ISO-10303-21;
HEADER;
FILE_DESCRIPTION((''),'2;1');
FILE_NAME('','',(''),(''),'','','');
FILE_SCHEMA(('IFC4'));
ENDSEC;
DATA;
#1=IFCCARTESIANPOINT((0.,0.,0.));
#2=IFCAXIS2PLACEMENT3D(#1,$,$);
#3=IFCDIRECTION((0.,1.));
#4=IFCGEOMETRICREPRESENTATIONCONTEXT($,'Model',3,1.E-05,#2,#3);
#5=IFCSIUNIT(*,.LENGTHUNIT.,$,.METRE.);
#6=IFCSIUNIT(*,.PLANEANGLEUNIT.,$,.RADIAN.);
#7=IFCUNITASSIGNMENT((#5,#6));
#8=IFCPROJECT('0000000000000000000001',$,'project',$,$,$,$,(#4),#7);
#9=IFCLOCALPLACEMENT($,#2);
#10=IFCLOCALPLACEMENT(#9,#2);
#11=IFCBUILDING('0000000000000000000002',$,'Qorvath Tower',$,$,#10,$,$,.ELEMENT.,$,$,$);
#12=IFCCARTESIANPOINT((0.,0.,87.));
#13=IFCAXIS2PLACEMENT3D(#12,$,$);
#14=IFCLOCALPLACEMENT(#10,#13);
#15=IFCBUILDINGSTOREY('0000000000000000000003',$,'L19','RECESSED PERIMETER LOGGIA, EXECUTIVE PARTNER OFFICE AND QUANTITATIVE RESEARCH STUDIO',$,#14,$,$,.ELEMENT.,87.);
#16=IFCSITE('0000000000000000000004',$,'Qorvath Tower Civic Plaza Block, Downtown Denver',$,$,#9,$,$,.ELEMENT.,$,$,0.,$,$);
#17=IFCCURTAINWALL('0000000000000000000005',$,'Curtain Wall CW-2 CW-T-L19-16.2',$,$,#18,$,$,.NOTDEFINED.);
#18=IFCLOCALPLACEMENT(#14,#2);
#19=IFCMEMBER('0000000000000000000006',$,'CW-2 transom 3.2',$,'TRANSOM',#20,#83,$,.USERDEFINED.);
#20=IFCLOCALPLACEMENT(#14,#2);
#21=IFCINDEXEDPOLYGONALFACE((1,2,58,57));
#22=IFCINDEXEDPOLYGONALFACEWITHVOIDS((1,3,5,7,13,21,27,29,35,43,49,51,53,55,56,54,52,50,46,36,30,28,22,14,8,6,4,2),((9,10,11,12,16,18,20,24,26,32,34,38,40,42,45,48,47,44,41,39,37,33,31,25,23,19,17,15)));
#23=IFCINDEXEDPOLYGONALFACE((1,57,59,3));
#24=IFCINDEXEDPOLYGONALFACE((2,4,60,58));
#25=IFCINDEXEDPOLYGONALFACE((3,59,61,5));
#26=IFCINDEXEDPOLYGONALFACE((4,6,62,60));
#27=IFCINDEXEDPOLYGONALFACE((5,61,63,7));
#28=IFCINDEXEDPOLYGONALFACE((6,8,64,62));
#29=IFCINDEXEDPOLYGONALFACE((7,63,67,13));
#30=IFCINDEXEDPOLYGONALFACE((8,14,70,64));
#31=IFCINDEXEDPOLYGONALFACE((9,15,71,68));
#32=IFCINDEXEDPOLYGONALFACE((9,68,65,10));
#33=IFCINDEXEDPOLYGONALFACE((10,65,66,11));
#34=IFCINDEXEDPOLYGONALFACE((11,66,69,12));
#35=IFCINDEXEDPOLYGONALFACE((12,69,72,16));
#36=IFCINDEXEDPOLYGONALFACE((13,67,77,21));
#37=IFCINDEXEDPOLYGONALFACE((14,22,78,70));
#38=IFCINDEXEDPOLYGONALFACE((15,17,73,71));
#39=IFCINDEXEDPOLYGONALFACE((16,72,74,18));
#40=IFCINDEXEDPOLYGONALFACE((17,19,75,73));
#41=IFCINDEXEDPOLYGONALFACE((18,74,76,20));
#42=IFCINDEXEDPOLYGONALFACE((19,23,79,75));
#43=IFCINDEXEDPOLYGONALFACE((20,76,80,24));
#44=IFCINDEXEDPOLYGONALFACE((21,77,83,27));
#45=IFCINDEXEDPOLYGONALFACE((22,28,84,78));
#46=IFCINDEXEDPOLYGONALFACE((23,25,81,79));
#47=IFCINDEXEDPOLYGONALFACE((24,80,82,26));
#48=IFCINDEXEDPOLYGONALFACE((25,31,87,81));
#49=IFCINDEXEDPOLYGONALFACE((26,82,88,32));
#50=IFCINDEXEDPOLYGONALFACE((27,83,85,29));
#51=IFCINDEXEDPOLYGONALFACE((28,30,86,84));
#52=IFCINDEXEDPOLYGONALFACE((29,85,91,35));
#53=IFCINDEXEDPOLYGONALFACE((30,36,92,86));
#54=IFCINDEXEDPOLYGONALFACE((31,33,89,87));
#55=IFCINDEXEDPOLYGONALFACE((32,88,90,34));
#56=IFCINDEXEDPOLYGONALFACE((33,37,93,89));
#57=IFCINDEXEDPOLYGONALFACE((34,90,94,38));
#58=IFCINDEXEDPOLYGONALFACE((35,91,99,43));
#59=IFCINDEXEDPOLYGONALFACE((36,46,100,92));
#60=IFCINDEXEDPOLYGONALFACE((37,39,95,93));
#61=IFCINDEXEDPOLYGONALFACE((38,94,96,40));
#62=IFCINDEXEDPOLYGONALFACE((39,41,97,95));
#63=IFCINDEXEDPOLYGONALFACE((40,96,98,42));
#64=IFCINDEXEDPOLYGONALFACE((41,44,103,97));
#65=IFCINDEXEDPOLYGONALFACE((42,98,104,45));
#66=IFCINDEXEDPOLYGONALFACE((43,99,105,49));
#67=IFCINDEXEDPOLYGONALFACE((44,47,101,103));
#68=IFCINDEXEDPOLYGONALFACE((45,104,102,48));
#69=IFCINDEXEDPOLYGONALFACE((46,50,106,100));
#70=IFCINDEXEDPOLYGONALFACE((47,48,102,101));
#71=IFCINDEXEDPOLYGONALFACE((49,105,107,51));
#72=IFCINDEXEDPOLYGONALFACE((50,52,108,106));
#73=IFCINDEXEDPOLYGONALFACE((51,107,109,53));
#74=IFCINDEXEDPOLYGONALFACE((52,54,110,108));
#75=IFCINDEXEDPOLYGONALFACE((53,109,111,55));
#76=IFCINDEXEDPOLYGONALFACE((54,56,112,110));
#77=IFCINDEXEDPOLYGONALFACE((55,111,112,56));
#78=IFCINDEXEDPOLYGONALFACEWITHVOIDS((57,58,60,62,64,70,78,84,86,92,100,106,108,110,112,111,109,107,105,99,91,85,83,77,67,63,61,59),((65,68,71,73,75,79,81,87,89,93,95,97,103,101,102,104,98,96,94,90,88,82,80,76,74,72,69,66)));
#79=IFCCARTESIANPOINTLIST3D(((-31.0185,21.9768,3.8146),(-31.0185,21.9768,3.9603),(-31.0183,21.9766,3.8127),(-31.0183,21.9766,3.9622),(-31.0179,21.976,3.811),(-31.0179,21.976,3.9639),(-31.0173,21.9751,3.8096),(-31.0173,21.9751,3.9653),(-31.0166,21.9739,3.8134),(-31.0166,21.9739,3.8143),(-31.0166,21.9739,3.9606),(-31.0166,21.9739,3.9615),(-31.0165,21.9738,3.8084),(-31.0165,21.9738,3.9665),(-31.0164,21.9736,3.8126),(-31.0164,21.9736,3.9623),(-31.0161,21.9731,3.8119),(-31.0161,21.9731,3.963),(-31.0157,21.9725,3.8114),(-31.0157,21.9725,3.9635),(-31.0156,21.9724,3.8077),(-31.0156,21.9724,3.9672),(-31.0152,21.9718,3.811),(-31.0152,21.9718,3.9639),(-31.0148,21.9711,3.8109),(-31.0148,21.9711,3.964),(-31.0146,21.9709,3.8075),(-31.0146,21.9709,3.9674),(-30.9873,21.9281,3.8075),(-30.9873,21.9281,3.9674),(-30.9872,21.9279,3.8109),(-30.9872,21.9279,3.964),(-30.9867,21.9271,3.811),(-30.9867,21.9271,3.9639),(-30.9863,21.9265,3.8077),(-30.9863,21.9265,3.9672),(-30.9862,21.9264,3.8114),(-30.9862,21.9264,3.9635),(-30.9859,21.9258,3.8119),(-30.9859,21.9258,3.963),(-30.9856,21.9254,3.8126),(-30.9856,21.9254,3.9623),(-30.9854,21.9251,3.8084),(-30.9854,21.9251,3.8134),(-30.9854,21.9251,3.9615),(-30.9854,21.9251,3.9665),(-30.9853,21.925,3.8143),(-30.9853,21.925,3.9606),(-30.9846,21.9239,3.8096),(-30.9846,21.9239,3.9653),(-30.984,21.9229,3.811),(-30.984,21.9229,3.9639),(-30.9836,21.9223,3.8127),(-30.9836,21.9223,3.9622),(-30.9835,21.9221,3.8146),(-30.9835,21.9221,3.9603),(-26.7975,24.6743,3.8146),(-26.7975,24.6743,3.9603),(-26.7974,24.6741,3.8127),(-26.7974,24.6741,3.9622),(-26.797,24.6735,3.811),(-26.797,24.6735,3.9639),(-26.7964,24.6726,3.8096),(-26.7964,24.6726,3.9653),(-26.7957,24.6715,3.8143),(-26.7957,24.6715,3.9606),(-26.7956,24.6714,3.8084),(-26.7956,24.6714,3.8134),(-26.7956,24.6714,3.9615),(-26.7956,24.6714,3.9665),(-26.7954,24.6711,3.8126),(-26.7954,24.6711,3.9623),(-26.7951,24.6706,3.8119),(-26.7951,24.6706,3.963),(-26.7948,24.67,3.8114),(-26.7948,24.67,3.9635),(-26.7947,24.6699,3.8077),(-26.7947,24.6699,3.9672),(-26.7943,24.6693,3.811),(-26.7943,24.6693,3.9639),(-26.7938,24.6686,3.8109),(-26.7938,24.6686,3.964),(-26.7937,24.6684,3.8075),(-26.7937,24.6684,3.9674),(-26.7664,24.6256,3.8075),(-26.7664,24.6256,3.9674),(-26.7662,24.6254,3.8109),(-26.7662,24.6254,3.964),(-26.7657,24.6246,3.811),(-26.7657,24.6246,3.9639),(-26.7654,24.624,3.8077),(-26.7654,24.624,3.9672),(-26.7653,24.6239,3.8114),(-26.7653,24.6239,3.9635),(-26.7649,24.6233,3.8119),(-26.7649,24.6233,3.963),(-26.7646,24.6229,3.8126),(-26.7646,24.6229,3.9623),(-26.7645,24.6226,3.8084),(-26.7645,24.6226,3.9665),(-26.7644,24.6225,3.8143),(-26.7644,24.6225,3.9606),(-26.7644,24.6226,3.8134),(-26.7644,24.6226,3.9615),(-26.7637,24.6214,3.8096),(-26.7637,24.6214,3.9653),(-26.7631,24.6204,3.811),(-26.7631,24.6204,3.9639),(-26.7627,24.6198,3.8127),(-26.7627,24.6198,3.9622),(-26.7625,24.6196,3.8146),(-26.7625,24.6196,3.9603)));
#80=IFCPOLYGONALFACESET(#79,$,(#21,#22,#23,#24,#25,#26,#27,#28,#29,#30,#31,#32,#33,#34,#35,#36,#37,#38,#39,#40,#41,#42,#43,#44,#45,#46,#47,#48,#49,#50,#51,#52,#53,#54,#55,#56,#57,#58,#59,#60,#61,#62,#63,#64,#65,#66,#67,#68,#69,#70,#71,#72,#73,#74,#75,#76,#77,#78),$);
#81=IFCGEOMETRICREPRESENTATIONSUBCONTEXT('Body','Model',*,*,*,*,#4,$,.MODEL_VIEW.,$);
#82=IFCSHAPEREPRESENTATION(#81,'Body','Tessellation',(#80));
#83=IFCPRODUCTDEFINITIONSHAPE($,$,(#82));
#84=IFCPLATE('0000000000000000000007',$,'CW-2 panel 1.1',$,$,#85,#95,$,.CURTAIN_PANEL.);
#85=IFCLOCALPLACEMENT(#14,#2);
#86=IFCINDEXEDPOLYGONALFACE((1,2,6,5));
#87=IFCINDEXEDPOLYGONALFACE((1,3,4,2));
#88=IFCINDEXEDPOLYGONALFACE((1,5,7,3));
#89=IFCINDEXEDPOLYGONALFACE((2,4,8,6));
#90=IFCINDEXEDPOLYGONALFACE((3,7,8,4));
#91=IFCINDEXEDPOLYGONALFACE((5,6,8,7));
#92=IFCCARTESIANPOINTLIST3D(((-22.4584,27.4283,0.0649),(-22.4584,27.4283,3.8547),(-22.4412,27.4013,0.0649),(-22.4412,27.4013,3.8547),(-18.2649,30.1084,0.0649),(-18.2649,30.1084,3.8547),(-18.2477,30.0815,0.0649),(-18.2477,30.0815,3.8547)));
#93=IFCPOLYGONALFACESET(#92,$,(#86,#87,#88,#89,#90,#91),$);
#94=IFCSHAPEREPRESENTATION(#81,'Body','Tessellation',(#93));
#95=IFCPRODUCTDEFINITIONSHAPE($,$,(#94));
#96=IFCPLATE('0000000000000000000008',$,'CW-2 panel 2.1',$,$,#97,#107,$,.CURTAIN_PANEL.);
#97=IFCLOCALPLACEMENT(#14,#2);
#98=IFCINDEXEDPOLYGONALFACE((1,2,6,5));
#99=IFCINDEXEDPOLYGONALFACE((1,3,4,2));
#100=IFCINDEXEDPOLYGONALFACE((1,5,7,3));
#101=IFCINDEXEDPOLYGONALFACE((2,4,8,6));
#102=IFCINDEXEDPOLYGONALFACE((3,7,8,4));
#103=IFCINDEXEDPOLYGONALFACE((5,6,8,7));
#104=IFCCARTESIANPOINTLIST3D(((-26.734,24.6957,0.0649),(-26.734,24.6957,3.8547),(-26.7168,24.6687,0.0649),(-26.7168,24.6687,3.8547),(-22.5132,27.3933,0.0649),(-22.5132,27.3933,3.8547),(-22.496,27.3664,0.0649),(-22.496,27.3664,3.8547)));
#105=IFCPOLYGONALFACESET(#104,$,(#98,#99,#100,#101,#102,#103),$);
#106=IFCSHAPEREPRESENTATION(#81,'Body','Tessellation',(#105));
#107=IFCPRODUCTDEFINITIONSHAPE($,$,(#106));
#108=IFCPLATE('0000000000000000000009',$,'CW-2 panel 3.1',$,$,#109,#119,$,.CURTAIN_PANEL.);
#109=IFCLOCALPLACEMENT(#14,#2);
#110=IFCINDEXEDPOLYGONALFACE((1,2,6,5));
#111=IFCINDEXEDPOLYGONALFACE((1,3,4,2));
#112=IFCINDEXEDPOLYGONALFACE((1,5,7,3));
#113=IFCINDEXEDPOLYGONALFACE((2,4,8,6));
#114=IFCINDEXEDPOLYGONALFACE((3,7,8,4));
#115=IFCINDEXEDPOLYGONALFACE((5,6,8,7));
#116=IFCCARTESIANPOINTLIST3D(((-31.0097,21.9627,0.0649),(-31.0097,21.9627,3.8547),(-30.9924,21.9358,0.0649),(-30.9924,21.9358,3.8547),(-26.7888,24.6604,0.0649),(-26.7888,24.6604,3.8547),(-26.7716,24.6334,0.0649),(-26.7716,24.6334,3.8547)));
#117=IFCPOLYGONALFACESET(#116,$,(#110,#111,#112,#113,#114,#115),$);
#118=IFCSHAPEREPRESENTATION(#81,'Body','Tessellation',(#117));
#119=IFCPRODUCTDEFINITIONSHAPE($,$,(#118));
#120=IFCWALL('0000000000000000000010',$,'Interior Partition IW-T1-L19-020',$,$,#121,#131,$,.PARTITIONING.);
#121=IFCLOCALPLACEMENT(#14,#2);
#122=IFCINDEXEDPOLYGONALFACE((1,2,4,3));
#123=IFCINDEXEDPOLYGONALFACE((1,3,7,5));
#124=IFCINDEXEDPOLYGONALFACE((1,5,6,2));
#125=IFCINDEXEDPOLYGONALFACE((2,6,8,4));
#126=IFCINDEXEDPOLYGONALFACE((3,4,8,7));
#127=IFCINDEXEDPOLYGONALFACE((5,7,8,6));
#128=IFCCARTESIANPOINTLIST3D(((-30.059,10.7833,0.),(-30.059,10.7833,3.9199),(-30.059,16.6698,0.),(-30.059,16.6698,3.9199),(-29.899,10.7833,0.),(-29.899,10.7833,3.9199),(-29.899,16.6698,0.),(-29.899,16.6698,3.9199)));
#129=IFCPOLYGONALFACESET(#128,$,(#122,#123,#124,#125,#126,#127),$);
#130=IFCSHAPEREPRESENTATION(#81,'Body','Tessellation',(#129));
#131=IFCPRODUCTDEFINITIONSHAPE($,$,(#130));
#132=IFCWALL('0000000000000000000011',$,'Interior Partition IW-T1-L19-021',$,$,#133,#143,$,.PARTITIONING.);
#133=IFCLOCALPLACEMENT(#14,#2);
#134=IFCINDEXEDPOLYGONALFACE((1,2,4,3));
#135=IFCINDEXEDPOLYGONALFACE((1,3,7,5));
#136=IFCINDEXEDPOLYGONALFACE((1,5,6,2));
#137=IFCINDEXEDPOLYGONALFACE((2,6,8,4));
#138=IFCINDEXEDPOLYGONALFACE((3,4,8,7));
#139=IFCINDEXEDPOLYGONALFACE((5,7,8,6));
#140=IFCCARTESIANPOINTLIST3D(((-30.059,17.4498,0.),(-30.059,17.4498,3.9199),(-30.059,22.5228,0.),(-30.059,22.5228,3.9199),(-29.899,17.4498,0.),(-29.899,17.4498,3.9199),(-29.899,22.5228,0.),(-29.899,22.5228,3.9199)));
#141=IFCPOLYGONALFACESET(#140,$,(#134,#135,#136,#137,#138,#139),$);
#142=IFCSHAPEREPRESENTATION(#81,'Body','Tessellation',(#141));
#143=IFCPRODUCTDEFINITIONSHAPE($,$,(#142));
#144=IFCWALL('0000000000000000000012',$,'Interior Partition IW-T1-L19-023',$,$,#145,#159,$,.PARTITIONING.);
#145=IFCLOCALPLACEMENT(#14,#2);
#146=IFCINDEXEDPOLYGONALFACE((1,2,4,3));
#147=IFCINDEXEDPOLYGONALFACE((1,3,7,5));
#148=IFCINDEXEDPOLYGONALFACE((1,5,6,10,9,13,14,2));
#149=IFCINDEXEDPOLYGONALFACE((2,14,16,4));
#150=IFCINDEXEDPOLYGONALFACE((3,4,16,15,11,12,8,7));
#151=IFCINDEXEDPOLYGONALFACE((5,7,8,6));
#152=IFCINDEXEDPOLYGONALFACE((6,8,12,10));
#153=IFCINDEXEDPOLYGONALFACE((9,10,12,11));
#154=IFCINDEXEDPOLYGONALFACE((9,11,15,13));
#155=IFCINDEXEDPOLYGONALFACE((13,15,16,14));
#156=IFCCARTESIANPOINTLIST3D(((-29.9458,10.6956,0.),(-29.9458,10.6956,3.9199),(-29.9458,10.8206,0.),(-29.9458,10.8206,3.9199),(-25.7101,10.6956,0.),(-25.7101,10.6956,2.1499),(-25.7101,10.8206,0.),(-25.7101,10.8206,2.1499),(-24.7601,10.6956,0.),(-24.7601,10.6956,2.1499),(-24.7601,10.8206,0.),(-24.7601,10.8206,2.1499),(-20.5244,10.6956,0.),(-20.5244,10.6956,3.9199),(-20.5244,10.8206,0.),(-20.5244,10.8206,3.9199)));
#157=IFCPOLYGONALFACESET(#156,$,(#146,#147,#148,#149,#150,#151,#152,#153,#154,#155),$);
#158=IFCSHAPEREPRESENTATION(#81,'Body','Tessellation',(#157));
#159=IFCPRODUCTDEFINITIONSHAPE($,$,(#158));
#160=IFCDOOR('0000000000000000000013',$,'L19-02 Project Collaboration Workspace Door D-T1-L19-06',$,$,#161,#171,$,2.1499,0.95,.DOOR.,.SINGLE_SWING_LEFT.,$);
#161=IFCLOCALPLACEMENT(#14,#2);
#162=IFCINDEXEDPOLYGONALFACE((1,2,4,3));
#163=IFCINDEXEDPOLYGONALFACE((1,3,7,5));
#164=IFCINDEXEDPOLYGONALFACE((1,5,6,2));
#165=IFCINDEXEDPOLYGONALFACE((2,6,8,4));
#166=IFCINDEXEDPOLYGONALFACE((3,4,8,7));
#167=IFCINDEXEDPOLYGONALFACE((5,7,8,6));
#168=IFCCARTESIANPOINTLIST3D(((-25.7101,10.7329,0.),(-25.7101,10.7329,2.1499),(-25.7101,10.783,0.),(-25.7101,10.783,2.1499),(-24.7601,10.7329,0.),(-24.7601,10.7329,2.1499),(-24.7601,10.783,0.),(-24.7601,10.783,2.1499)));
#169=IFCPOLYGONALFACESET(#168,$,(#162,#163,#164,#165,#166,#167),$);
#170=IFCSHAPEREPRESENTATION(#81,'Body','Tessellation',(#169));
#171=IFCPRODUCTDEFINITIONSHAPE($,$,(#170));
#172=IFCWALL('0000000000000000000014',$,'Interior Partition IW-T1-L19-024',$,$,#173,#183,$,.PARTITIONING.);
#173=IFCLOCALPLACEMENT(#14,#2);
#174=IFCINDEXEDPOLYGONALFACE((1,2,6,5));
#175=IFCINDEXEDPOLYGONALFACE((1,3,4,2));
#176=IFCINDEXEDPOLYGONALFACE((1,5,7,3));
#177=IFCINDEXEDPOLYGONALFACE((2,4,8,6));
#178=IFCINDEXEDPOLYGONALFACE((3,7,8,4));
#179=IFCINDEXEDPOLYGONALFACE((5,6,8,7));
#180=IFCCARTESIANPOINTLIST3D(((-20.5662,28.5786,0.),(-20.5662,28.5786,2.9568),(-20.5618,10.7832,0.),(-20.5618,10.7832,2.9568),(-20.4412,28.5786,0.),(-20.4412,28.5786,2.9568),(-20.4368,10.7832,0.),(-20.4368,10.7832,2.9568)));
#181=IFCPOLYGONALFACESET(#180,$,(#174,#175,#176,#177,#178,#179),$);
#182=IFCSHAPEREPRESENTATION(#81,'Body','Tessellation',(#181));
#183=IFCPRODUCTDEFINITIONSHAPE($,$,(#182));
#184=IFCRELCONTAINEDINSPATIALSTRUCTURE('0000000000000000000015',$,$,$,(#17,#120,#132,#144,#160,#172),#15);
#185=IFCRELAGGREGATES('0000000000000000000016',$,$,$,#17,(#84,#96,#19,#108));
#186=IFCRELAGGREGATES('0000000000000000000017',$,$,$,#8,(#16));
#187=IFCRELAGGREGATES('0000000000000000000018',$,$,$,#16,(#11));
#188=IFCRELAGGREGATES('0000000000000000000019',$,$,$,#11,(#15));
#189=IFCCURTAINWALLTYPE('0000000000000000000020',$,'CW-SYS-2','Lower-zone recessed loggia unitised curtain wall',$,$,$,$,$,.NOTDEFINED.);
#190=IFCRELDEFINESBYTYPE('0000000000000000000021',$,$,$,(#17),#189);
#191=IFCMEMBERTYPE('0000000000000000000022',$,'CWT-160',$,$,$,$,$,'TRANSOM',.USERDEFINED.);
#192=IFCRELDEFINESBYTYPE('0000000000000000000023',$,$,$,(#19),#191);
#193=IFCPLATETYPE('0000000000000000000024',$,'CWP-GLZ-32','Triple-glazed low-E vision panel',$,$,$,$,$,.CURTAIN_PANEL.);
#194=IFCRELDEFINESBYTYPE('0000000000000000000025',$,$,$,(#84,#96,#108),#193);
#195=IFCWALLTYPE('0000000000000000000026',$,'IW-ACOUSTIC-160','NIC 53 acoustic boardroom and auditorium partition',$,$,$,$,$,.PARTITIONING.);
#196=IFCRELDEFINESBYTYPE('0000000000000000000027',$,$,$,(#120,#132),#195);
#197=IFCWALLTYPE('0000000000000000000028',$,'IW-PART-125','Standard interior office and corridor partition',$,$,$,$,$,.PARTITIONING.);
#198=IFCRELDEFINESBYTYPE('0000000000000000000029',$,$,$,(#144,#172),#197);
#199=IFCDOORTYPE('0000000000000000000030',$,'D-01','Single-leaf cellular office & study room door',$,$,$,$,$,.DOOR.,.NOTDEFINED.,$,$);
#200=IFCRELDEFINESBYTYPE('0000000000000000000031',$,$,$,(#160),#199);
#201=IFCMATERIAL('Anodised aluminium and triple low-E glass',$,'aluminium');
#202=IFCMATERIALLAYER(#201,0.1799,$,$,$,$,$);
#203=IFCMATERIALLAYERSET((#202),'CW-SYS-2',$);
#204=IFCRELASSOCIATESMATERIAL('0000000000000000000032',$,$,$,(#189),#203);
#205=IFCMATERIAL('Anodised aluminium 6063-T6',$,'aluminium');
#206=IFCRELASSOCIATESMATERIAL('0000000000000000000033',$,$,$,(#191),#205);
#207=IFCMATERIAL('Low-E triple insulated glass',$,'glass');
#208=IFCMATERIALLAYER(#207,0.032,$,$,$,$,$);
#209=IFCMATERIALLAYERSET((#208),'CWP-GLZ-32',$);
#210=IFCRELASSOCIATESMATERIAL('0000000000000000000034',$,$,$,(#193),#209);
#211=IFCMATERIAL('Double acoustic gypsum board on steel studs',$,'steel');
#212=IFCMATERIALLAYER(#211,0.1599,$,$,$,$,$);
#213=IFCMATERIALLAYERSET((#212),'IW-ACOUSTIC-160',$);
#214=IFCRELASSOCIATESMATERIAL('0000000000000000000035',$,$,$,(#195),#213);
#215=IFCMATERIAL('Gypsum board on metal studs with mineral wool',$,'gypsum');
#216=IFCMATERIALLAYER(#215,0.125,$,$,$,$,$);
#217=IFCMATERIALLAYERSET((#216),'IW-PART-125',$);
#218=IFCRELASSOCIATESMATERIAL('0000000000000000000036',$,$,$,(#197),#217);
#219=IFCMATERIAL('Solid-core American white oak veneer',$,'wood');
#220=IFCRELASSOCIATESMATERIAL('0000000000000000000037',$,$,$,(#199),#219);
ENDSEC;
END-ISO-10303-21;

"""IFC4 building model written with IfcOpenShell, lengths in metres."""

from ifc_helpers import new_model, si_unit, direction, frame, frame_2d, origin, origin_2d, place, context, subcontext, project, spatial, rectangle, hollow_rectangle, extrude, material, layer, layer_set, material_profile, profile_set, type_object, element, fill, aggregate, save


model = new_model("IFC4")

# Units and contexts
model_context = context("Model", 3, precision=1e-05, world=origin(), true_north=direction((0.0, 1.0)))
body_context = subcontext(model_context, "Body", "Model", "MODEL_VIEW")
ifc_project = project(units=[si_unit("LENGTHUNIT", "METRE"), si_unit("PLANEANGLEUNIT", "RADIAN")], contexts=[model_context])

# Site, building, storey
site_placement = place(None, origin())
site = spatial("IfcSite", under=ifc_project, at=site_placement, Name="Qorvath Tower Civic Plaza Block, Downtown Denver", CompositionType="ELEMENT", RefElevation=0.0)
building_placement = place(site_placement, origin())
building = spatial("IfcBuilding", under=site, at=building_placement, Name="Qorvath Tower", CompositionType="ELEMENT")
storey_placement = place(building_placement, frame((0.0, 0.0, 87.0)))
storey = spatial("IfcBuildingStorey", under=building, at=storey_placement, Name="L19", Description="RECESSED PERIMETER LOGGIA, EXECUTIVE PARTNER OFFICE AND QUANTITATIVE RESEARCH STUDIO", CompositionType="ELEMENT", Elevation=87.0)

# Curtain wall, member, plates
ifc_material_1 = material(Name="Anodised aluminium and triple low-E glass", Category="aluminium")
ifc_layer_1 = layer(ifc_material_1, 0.1799)
ifc_layer_set_1 = layer_set([ifc_layer_1], Name="CW-SYS-2")
curtain_wall_type = type_object("IfcCurtainWallType", Name="CW-SYS-2", Description="Lower-zone recessed loggia unitised curtain wall", PredefinedType="NOTDEFINED", material=ifc_layer_set_1)
curtain_wall_placement = place(storey_placement, origin())
curtain_wall = element("IfcCurtainWall", 1, at=curtain_wall_placement, inside=storey, type_object=curtain_wall_type, Name="Curtain Wall CW-2 CW-T-L19-16.2", PredefinedType="NOTDEFINED")
ifc_material_2 = material(Name="Anodised aluminium 6063-T6", Category="aluminium")
ifc_material_profile_1 = material_profile(ifc_material_2, hollow_rectangle(XDim=0.0649, YDim=0.1599, WallThickness=0.0034, InnerFilletRadius=0.0034, OuterFilletRadius=0.0071, at=origin_2d()), Name="CWT 160x65")
ifc_profile_set_1 = profile_set([ifc_material_profile_1], Name="Anodised aluminium 6063-T6")
member_type_1 = type_object("IfcMemberType", Name="CWT-160", ElementType="TRANSOM", PredefinedType="USERDEFINED", material=ifc_profile_set_1)
member_1_placement = place(storey_placement, frame((-26.78, 24.647, 3.8875), z_axis=(-0.842624, -0.538502, 0.0), x_axis=(0.538502, -0.842624, 0.0)))
member_1 = element("IfcMember", 2, at=member_1_placement, type_object=member_type_1, Name="CW-2 transom 3.2", ObjectType="TRANSOM", PredefinedType="USERDEFINED", context=body_context, shape_type="SweptSolid", body=[
    extrude(hollow_rectangle(XDim=0.0649, YDim=0.1599, WallThickness=0.0034, InnerFilletRadius=0.0034, OuterFilletRadius=0.0071, at=origin_2d()), origin(), (0.0, 0.0, 1.0), 5.0093),
])
ifc_material_3 = material(Name="Low-E triple insulated glass", Category="glass")
ifc_layer_2 = layer(ifc_material_3, 0.032)
ifc_layer_set_2 = layer_set([ifc_layer_2], Name="CWP-GLZ-32")
plate_type = type_object("IfcPlateType", Name="CWP-GLZ-32", Description="Triple-glazed low-E vision panel", PredefinedType="CURTAIN_PANEL", material=ifc_layer_set_2)
plate_1_placement = place(storey_placement, frame((-20.353, 28.7549, 0.0649), z_axis=(0.0, 0.0, 1.0), x_axis=(-0.842606, -0.538531, 0.0)))
plate_1 = element("IfcPlate", 3, at=plate_1_placement, type_object=plate_type, Name="CW-2 panel 1.1", PredefinedType="CURTAIN_PANEL", context=body_context, shape_type="SweptSolid", body=[
    extrude(rectangle(XDim=4.9768, YDim=0.032, at=origin_2d()), origin(), (0.0, 0.0, 1.0), 3.7898),
])
plate_2_placement = place(storey_placement, frame((-24.615, 26.031, 0.0649), z_axis=(0.0, 0.0, 1.0), x_axis=(-0.842606, -0.538531, 0.0)))
plate_2 = element("IfcPlate", 4, at=plate_2_placement, type_object=plate_type, Name="CW-2 panel 2.1", PredefinedType="CURTAIN_PANEL", context=body_context, shape_type="SweptSolid", body=[
    extrude(rectangle(XDim=5.0093, YDim=0.032, at=origin_2d()), origin(), (0.0, 0.0, 1.0), 3.7898),
])
plate_3_placement = place(storey_placement, frame((-28.8906, 23.2981, 0.0649), z_axis=(0.0, 0.0, 1.0), x_axis=(-0.842606, -0.538531, 0.0)))
plate_3 = element("IfcPlate", 5, at=plate_3_placement, type_object=plate_type, Name="CW-2 panel 3.1", PredefinedType="CURTAIN_PANEL", context=body_context, shape_type="SweptSolid", body=[
    extrude(rectangle(XDim=5.0093, YDim=0.032, at=origin_2d()), origin(), (0.0, 0.0, 1.0), 3.7898),
])
aggregate(curtain_wall, [plate_1, plate_2, member_1, plate_3])

# Walls
ifc_material_4 = material(Name="Double acoustic gypsum board on steel studs", Category="steel")
ifc_layer_3 = layer(ifc_material_4, 0.1599)
ifc_layer_set_3 = layer_set([ifc_layer_3], Name="IW-ACOUSTIC-160")
wall_type_1 = type_object("IfcWallType", Name="IW-ACOUSTIC-160", Description="NIC 53 acoustic boardroom and auditorium partition", PredefinedType="PARTITIONING", material=ifc_layer_set_3)
wall_1_placement = place(storey_placement, frame((-29.979, 10.7832, 0.0), z_axis=(0.0, 0.0, 1.0), x_axis=(0.0, 1.0, 0.0)))
element("IfcWall", 6, at=wall_1_placement, inside=storey, type_object=wall_type_1, Name="Interior Partition IW-T1-L19-020", PredefinedType="PARTITIONING", context=body_context, shape_type="SweptSolid", body=[
    extrude(rectangle(XDim=5.8865, YDim=0.1599, at=frame_2d((2.9434, 0.0))), origin(), (0.0, 0.0, 1.0), 3.9199),
])
wall_2_placement = place(storey_placement, frame((-29.979, 17.4497, 0.0), z_axis=(0.0, 0.0, 1.0), x_axis=(0.0, 1.0, 0.0)))
element("IfcWall", 7, at=wall_2_placement, inside=storey, type_object=wall_type_1, Name="Interior Partition IW-T1-L19-021", PredefinedType="PARTITIONING", context=body_context, shape_type="SweptSolid", body=[
    extrude(rectangle(XDim=5.073, YDim=0.1599, at=frame_2d((2.5366, 0.0))), origin(), (0.0, 0.0, 1.0), 3.9199),
])

# Wall, opening, door
ifc_material_5 = material(Name="Gypsum board on metal studs with mineral wool", Category="gypsum")
ifc_layer_4 = layer(ifc_material_5, 0.125)
ifc_layer_set_4 = layer_set([ifc_layer_4], Name="IW-PART-125")
wall_type_2 = type_object("IfcWallType", Name="IW-PART-125", Description="Standard interior office and corridor partition", PredefinedType="PARTITIONING", material=ifc_layer_set_4)
wall_3_placement = place(storey_placement, frame((-29.9458, 10.7581, 0.0), z_axis=(0.0, 0.0, 1.0), x_axis=(1.0, 0.0, 0.0)))
wall_3 = element("IfcWall", 8, at=wall_3_placement, inside=storey, type_object=wall_type_2, Name="Interior Partition IW-T1-L19-023", PredefinedType="PARTITIONING", context=body_context, shape_type="SweptSolid", body=[
    extrude(rectangle(XDim=9.4214, YDim=0.125, at=frame_2d((4.7107, 0.0))), origin(), (0.0, 0.0, 1.0), 3.9199),
])
opening_1_placement = place(wall_3_placement, frame((4.2356, 0.0, 0.0)))
opening_1 = element("IfcOpeningElement", 9, at=opening_1_placement, cuts=wall_3, PredefinedType="OPENING", context=body_context, shape_type="SweptSolid", body=[
    extrude(rectangle(XDim=0.95, YDim=2.1499, at=frame_2d((0.4751, 1.075))), frame((0.0, 0.0725, 0.0), z_axis=(0.0, -1.0, 0.0), x_axis=(1.0, 0.0, 0.0)), (0.0, 0.0, 1.0), 0.145),
])
ifc_material_6 = material(Name="Solid-core American white oak veneer", Category="wood")
door_type = type_object("IfcDoorType", Name="D-01", Description="Single-leaf cellular office & study room door", OperationType="NOTDEFINED", PredefinedType="DOOR", material=ifc_material_6)
door_1_placement = place(opening_1_placement, origin())
door_1 = element("IfcDoor", 10, at=door_1_placement, inside=storey, type_object=door_type, Name="L19-02 Project Collaboration Workspace Door D-T1-L19-06", OperationType="SINGLE_SWING_LEFT", OverallHeight=2.1499, OverallWidth=0.95, PredefinedType="DOOR", context=body_context, shape_type="SweptSolid", body=[
    extrude(rectangle(XDim=0.95, YDim=2.1499, at=frame_2d((0.4751, 1.075))), frame((0.0, 0.0249, 0.0), z_axis=(0.0, -1.0, 0.0), x_axis=(1.0, 0.0, 0.0)), (0.0, 0.0, 1.0), 0.05),
])
fill(opening_1, door_1)

# Wall
wall_4_placement = place(storey_placement, frame((-20.4993, 10.7832, 0.0), z_axis=(0.0, 0.0, 1.0), x_axis=(-0.000247, 1.0, 0.0)))
element("IfcWall", 11, at=wall_4_placement, inside=storey, type_object=wall_type_2, Name="Interior Partition IW-T1-L19-024", PredefinedType="PARTITIONING", context=body_context, shape_type="SweptSolid", body=[
    extrude(rectangle(XDim=17.7954, YDim=0.125, at=frame_2d((8.8977, 0.0))), origin(), (0.0, 0.0, 1.0), 2.9568),
])

save(model, "model.ifc")
